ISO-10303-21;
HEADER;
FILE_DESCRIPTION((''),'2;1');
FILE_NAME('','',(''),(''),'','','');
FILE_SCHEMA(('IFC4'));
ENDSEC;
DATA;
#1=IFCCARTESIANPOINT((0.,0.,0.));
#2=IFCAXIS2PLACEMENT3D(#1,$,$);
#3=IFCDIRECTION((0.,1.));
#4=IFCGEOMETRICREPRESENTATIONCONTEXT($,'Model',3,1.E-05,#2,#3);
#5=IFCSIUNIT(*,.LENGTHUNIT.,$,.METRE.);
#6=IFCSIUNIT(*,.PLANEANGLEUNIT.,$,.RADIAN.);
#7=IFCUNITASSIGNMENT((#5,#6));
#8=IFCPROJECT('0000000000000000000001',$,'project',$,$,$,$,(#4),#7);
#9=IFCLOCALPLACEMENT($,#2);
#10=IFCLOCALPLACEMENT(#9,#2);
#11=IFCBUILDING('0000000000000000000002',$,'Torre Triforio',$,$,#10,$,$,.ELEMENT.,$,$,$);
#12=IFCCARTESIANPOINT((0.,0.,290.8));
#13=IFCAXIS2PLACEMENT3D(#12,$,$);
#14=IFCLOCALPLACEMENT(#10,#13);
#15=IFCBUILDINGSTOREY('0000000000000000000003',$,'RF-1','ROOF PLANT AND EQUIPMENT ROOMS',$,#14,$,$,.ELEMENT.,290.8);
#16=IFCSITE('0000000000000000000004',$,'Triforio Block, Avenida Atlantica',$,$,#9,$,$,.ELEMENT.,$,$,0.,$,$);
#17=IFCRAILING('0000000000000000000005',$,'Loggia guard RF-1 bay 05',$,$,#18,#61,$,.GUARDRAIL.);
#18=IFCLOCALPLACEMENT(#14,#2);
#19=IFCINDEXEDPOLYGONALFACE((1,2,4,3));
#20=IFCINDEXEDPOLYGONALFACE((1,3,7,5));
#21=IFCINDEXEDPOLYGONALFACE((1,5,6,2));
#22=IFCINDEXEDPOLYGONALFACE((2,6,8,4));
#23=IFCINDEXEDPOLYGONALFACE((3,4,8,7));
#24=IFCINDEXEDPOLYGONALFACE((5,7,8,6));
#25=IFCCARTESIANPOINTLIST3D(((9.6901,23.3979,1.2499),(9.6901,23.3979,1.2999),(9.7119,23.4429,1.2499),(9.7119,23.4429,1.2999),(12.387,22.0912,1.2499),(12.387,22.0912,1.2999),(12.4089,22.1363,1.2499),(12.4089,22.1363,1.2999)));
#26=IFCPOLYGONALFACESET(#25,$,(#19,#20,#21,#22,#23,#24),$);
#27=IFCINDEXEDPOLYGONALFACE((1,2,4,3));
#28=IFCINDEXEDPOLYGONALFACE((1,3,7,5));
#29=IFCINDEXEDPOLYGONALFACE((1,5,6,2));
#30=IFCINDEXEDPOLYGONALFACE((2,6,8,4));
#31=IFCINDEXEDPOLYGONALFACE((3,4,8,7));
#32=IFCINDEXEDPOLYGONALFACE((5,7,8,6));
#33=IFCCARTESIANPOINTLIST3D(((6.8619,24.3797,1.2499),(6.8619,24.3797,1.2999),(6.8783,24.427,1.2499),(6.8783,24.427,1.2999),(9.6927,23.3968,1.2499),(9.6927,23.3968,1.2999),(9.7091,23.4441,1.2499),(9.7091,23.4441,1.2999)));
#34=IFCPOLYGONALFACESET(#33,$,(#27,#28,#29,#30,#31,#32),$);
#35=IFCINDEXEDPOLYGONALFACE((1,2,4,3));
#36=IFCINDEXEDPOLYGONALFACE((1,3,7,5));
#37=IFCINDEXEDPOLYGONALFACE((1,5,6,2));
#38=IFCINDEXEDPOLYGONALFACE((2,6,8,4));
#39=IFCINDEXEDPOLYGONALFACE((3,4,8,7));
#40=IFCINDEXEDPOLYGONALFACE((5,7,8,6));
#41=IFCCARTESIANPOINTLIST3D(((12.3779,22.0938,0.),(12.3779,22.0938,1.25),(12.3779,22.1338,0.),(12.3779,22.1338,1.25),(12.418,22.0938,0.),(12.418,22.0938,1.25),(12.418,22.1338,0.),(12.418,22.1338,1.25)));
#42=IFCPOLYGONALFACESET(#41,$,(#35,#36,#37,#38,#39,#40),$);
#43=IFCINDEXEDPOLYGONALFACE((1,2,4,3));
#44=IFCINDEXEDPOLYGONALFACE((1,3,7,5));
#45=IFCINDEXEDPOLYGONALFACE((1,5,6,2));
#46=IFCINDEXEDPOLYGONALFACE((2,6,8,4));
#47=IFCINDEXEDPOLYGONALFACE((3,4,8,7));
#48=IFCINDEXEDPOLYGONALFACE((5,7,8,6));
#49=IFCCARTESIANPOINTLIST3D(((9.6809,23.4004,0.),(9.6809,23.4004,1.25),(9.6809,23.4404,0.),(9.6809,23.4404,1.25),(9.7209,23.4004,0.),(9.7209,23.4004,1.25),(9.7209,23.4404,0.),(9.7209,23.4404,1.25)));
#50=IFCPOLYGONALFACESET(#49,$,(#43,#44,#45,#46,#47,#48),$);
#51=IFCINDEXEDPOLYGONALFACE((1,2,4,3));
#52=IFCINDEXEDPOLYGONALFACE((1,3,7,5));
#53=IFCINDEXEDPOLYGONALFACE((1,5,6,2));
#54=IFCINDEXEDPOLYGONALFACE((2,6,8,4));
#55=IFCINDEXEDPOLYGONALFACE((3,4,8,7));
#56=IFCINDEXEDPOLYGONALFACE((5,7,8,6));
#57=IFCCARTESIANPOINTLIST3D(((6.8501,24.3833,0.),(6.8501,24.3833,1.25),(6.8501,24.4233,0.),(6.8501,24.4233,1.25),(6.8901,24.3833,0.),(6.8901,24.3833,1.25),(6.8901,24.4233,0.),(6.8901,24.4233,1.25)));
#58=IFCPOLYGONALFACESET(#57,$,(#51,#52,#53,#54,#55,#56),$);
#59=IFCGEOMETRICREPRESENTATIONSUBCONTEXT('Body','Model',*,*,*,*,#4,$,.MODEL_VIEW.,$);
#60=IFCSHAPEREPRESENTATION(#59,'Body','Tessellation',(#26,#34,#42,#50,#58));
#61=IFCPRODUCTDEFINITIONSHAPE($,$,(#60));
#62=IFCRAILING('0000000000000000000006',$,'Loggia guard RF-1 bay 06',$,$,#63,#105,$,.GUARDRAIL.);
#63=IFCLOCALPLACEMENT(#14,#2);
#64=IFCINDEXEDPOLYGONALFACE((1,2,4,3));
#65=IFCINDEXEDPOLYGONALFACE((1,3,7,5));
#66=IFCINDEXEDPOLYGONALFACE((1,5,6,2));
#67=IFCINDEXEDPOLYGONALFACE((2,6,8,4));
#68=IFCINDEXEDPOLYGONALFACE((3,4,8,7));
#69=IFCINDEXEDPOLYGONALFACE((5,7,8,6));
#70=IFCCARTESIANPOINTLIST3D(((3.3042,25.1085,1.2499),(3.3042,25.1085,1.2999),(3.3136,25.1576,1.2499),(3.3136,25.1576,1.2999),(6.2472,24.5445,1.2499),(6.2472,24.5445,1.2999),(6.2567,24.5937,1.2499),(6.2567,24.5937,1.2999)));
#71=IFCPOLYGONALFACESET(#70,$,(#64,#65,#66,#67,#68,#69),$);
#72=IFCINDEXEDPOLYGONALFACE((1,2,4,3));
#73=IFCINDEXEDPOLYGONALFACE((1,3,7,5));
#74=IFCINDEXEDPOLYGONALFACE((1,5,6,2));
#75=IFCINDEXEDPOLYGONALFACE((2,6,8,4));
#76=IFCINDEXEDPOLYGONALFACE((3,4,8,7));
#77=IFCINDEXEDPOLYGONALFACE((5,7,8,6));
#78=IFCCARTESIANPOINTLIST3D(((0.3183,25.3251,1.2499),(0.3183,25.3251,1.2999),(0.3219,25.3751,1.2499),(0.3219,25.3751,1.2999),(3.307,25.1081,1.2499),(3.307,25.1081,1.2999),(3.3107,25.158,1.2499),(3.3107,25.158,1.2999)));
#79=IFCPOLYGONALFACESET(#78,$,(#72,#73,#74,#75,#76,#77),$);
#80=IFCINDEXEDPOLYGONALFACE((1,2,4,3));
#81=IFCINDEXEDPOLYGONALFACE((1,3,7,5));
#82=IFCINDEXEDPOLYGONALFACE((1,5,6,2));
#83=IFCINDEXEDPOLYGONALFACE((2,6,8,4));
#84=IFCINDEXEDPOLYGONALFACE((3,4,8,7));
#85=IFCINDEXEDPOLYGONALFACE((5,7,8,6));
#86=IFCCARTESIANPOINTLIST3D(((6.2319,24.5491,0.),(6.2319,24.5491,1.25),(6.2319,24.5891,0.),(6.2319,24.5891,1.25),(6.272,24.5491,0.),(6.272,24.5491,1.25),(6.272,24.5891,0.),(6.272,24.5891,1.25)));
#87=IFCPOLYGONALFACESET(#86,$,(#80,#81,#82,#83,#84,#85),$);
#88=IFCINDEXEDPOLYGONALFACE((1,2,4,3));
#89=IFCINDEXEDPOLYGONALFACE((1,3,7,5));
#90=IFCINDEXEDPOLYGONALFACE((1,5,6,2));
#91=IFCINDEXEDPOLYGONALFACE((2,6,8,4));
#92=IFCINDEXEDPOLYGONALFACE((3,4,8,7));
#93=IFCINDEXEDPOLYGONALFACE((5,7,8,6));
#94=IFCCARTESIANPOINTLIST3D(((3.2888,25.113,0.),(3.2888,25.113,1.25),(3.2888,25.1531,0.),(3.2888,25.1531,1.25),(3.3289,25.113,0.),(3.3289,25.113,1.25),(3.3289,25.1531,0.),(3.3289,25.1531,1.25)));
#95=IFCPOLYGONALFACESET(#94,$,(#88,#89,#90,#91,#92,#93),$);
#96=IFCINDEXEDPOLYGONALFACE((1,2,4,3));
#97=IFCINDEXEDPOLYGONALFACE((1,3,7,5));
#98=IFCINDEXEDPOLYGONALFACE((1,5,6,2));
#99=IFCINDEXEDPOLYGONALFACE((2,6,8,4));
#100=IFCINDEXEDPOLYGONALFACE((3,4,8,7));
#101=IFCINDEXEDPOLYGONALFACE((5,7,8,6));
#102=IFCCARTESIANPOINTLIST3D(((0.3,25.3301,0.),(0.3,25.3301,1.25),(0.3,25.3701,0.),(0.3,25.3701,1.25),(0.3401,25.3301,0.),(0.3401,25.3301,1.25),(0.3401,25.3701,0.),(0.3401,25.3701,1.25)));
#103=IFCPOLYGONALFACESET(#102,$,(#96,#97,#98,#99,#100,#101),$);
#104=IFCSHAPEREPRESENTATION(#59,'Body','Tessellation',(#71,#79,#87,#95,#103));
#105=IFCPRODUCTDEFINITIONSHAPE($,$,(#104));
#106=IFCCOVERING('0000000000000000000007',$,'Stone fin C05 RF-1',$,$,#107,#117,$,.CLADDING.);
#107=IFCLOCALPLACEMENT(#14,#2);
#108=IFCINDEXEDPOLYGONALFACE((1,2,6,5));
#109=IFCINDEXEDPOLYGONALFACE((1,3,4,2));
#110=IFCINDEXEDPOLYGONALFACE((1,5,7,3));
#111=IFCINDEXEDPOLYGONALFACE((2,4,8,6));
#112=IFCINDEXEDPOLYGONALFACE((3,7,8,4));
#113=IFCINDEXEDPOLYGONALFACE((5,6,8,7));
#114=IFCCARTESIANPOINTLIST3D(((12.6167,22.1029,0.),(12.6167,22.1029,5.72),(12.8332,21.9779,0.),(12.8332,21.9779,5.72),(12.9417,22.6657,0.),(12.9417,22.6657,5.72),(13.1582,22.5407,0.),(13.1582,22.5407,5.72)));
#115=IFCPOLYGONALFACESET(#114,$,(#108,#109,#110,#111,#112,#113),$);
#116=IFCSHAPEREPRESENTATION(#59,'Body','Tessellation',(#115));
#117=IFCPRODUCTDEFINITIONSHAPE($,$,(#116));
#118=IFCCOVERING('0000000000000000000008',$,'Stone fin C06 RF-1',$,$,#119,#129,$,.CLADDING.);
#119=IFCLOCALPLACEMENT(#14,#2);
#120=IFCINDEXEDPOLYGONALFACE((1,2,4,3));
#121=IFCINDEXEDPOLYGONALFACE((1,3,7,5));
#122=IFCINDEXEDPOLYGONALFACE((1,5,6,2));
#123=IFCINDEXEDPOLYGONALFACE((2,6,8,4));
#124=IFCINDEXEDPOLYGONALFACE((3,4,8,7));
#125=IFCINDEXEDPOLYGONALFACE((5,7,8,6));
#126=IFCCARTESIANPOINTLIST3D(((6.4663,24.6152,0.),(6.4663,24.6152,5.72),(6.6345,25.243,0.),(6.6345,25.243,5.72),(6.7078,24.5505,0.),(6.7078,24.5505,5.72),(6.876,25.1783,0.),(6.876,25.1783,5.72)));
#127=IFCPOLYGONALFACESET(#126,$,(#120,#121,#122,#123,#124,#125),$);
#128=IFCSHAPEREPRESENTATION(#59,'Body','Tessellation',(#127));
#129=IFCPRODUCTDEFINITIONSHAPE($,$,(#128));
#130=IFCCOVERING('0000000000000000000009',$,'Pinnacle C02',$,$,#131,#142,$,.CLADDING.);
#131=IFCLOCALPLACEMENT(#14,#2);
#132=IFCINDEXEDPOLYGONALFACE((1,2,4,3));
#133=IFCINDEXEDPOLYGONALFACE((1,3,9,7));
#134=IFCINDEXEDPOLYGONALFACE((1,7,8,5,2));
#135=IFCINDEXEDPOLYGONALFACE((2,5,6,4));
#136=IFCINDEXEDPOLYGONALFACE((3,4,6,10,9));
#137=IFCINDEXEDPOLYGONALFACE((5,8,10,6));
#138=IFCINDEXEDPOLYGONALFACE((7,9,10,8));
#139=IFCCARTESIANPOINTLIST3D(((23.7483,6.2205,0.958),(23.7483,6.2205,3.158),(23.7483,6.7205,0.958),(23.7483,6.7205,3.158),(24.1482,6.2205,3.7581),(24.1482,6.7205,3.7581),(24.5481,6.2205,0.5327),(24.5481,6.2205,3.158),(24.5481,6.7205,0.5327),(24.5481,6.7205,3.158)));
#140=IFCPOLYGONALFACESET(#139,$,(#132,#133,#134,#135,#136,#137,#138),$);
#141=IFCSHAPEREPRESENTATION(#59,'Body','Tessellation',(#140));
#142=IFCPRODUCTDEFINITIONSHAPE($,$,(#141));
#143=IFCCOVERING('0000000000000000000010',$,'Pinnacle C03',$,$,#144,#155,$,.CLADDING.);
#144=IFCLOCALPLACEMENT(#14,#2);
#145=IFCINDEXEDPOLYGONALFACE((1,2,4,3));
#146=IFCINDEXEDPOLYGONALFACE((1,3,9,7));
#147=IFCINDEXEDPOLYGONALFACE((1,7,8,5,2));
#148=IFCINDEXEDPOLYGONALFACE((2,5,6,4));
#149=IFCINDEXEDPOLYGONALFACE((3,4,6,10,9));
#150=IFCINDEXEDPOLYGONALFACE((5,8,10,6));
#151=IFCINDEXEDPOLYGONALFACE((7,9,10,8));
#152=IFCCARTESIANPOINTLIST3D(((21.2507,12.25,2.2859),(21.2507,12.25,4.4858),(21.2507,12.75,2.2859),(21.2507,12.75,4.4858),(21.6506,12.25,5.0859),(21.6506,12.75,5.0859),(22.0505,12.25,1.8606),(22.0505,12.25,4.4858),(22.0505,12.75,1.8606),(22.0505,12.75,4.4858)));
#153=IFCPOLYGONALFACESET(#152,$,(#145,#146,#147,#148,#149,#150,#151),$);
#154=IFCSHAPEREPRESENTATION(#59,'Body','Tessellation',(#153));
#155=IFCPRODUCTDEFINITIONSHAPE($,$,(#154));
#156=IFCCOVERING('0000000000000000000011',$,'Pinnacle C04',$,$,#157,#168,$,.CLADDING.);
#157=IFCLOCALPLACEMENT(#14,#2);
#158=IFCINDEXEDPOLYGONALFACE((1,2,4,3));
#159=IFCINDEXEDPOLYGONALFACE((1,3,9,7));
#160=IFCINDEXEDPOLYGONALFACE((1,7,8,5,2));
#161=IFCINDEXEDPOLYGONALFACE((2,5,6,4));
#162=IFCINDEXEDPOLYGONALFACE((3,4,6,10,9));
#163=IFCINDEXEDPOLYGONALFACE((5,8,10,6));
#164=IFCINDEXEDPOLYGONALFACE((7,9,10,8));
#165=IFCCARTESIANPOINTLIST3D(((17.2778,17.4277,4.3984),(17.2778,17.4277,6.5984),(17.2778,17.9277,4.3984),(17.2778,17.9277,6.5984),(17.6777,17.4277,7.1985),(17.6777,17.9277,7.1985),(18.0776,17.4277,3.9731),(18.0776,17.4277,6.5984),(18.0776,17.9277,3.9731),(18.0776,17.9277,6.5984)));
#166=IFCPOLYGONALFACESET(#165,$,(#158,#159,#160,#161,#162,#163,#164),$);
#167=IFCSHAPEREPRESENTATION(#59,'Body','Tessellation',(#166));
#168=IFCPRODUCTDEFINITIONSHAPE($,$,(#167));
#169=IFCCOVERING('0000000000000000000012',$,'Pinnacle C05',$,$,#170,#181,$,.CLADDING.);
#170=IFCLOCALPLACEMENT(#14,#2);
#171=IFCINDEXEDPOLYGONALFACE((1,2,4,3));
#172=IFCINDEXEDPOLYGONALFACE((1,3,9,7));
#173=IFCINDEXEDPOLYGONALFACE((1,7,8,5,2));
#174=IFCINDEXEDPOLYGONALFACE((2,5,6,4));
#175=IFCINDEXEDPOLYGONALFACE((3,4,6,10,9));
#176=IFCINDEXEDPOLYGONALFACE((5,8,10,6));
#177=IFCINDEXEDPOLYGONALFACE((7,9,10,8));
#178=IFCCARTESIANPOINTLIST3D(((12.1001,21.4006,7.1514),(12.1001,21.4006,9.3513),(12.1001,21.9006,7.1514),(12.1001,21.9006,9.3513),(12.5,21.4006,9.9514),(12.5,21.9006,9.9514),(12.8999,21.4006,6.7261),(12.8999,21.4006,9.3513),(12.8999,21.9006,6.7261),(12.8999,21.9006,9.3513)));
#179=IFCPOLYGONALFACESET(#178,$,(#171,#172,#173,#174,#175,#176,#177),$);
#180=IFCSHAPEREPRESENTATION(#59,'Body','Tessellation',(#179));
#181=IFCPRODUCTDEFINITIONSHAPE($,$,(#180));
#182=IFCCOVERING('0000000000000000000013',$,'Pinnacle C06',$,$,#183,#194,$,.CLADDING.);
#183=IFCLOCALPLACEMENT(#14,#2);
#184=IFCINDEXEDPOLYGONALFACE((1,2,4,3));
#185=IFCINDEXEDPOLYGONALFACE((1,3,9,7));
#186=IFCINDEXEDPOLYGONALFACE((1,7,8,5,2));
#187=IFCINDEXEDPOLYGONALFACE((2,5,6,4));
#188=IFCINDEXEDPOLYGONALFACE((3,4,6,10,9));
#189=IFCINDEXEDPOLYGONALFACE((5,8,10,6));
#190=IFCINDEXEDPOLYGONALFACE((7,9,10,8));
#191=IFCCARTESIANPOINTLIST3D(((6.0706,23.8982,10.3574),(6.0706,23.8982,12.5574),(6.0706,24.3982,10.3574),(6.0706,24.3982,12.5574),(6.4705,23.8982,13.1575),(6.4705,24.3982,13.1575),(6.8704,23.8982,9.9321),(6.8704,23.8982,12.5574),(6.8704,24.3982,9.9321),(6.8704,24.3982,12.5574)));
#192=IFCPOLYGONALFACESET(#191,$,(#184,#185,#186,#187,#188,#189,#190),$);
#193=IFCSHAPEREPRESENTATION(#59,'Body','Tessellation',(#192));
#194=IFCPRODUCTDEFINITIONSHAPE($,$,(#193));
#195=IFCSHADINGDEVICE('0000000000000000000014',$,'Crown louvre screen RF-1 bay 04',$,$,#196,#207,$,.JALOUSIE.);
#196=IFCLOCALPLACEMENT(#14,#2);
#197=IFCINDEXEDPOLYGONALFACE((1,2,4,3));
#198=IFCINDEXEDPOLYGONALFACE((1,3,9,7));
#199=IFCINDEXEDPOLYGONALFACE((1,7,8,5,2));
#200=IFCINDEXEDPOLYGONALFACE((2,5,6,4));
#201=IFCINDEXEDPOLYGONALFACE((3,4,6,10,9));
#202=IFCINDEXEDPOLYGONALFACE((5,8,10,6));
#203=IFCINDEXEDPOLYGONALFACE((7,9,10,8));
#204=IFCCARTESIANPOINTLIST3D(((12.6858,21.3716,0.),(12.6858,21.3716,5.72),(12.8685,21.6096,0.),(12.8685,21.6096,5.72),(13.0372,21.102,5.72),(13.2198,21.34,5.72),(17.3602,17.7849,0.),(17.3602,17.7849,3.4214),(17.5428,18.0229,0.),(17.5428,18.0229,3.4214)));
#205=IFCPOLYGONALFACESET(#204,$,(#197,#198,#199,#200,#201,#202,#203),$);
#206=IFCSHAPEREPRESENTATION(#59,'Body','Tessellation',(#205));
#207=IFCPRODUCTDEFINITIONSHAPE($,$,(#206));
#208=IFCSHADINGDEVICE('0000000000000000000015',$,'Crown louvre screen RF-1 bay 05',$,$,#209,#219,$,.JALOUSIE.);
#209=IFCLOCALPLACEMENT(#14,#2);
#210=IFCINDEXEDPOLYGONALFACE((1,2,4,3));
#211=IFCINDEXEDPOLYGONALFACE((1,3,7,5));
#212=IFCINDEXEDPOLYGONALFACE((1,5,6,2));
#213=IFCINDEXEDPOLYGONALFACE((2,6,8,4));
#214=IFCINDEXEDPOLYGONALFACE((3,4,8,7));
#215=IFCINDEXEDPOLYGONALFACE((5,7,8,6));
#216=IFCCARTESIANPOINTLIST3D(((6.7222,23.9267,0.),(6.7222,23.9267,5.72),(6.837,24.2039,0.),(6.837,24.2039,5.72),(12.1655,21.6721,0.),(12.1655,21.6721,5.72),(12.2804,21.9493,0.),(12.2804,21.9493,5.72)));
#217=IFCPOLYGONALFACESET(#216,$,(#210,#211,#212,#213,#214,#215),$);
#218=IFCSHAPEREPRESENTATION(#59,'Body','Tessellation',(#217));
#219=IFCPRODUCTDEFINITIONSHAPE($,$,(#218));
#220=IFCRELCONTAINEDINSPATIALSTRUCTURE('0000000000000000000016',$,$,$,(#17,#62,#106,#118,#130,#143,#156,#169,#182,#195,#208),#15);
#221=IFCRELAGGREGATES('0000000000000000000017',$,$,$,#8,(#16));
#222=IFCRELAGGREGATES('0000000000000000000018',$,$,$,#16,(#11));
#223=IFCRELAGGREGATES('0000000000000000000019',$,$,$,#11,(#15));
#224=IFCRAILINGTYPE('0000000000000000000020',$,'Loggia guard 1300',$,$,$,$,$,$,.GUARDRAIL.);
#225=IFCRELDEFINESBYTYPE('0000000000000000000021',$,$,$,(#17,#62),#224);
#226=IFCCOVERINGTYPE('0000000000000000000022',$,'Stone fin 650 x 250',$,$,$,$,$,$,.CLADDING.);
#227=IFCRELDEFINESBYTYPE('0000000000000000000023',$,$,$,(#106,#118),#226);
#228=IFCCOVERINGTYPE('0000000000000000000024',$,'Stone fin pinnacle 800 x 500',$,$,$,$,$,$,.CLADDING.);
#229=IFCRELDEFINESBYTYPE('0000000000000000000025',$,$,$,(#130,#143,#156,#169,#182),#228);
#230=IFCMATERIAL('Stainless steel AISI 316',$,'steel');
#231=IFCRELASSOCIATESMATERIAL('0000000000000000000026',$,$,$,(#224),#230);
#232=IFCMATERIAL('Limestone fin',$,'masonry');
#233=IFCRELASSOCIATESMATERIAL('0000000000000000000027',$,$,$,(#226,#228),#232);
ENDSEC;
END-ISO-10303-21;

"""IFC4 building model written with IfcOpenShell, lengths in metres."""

from ifc_helpers import new_model, si_unit, direction, frame, origin, origin_2d, place, context, subcontext, project, spatial, polyline, rectangle, outline, extrude, material, material_profile, profile_set, type_object, element, save


model = new_model("IFC4")

# Units and contexts
model_context = context("Model", 3, precision=1e-05, world=origin(), true_north=direction((0.0, 1.0)))
body_context = subcontext(model_context, "Body", "Model", "MODEL_VIEW")
ifc_project = project(units=[si_unit("LENGTHUNIT", "METRE"), si_unit("PLANEANGLEUNIT", "RADIAN")], contexts=[model_context])

# Site, building, storey
site_placement = place(None, origin())
site = spatial("IfcSite", under=ifc_project, at=site_placement, Name="Triforio Block, Avenida Atlantica", CompositionType="ELEMENT", RefElevation=0.0)
building_placement = place(site_placement, origin())
building = spatial("IfcBuilding", under=site, at=building_placement, Name="Torre Triforio", CompositionType="ELEMENT")
storey_placement = place(building_placement, frame((0.0, 0.0, 290.8)))
storey = spatial("IfcBuildingStorey", under=building, at=storey_placement, Name="RF-1", Description="ROOF PLANT AND EQUIPMENT ROOMS", CompositionType="ELEMENT", Elevation=290.8)

# Railings
ifc_material_1 = material(Name="Stainless steel AISI 316", Category="steel")
railing_type = type_object("IfcRailingType", Name="Loggia guard 1300", PredefinedType="GUARDRAIL", material=ifc_material_1)
railing_1_placement = place(storey_placement, frame((12.3979, 22.1138, 0.0)))
element("IfcRailing", 1, at=railing_1_placement, inside=storey, type_object=railing_type, Name="Loggia guard RF-1 bay 05", PredefinedType="GUARDRAIL", context=body_context, shape_type="SweptSolid", body=[
    extrude(rectangle(XDim=0.05, YDim=0.05, at=origin_2d()), frame((0.0, 0.0, 1.2749), z_axis=(-0.899946, 0.436002, 0.0), x_axis=(-0.436002, -0.899946, 0.0)), (0.0, 0.0, 1.0), 2.9968),
    extrude(rectangle(XDim=0.05, YDim=0.05, at=origin_2d()), frame((-2.697, 1.3066, 1.2749), z_axis=(-0.944675, 0.328009, 0.0), x_axis=(-0.328009, -0.944675, 0.0)), (0.0, 0.0, 1.0), 2.9966),
    extrude(rectangle(XDim=0.04, YDim=0.04, at=origin_2d()), origin(), (0.0, 0.0, 1.0), 1.25),
    extrude(rectangle(XDim=0.04, YDim=0.04, at=origin_2d()), frame((-2.697, 1.3066, 0.0)), (0.0, 0.0, 1.0), 1.25),
    extrude(rectangle(XDim=0.04, YDim=0.04, at=origin_2d()), frame((-5.5278, 2.2896, 0.0)), (0.0, 0.0, 1.0), 1.25),
])
railing_2_placement = place(storey_placement, frame((6.252, 24.5691, 0.0)))
element("IfcRailing", 2, at=railing_2_placement, inside=storey, type_object=railing_type, Name="Loggia guard RF-1 bay 06", PredefinedType="GUARDRAIL", context=body_context, shape_type="SweptSolid", body=[
    extrude(rectangle(XDim=0.05, YDim=0.05, at=origin_2d()), frame((0.0, 0.0, 1.2749), z_axis=(-0.982131, 0.188198, 0.0), x_axis=(-0.188198, -0.982131, 0.0)), (0.0, 0.0, 1.0), 2.9966),
    extrude(rectangle(XDim=0.05, YDim=0.05, at=origin_2d()), frame((-2.9431, 0.564, 1.2749), z_axis=(-0.997374, 0.072428, 0.0), x_axis=(-0.072428, -0.997374, 0.0)), (0.0, 0.0, 1.0), 2.9966),
    extrude(rectangle(XDim=0.04, YDim=0.04, at=origin_2d()), origin(), (0.0, 0.0, 1.0), 1.25),
    extrude(rectangle(XDim=0.04, YDim=0.04, at=origin_2d()), frame((-2.9431, 0.564, 0.0)), (0.0, 0.0, 1.0), 1.25),
    extrude(rectangle(XDim=0.04, YDim=0.04, at=origin_2d()), frame((-5.9319, 0.781, 0.0)), (0.0, 0.0, 1.0), 1.25),
])

# Coverings
ifc_material_2 = material(Name="Limestone fin", Category="masonry")
ifc_material_profile_1 = material_profile(ifc_material_2, rectangle(XDim=0.6499, YDim=0.25, at=origin_2d()), Name="FIN 650x250")
ifc_profile_set_1 = profile_set([ifc_material_profile_1], Name="Limestone fin")
covering_type_1 = type_object("IfcCoveringType", Name="Stone fin 650 x 250", PredefinedType="CLADDING", material=ifc_profile_set_1)
for number, where, z_axis, x_axis, name in (
    (3, (12.8875, 22.3218, 0.0), (0.0, 0.0, 1.0), (0.5, 0.866025, 0.0), "Stone fin C05 RF-1"),
    (4, (6.6711, 24.8967, 0.0), (0.0, 0.0, 1.0), (0.258819, 0.965926, 0.0), "Stone fin C06 RF-1"),
):
    element("IfcCovering", number, at=place(storey_placement, frame(where, z_axis=z_axis, x_axis=x_axis)), inside=storey, type_object=covering_type_1, Name=name, PredefinedType="CLADDING", context=body_context, shape_type="SweptSolid", body=[
        extrude(rectangle(XDim=0.6499, YDim=0.25, at=origin_2d()), origin(), (0.0, 0.0, 1.0), 5.72),
    ])
ifc_material_profile_2 = material_profile(ifc_material_2, outline(polyline([(-0.3999, -0.2126), (0.3999, 0.2126), (0.3999, 2.4126), (0.0, 3.0127), (-0.3999, 2.4126), (-0.3999, -0.2126)])), Name="FIN PINNACLE 800x500")
ifc_profile_set_2 = profile_set([ifc_material_profile_2], Name="Limestone fin")
covering_type_2 = type_object("IfcCoveringType", Name="Stone fin pinnacle 800 x 500", PredefinedType="CLADDING", material=ifc_profile_set_2)
for number, where, z_axis, x_axis, name in (
    (5, (24.1482, 6.2205, 0.7454), (0.0, 1.0, 0.0), (-1.0, 0.0, 0.0), "Pinnacle C02"),
    (6, (21.6506, 12.25, 2.0732), (0.0, 1.0, 0.0), (-1.0, 0.0, 0.0), "Pinnacle C03"),
    (7, (17.6777, 17.4277, 4.1858), (0.0, 1.0, 0.0), (-1.0, 0.0, 0.0), "Pinnacle C04"),
    (8, (12.5, 21.4006, 6.9387), (0.0, 1.0, 0.0), (-1.0, 0.0, 0.0), "Pinnacle C05"),
    (9, (6.4705, 23.8982, 10.1448), (0.0, 1.0, 0.0), (-1.0, 0.0, 0.0), "Pinnacle C06"),
):
    element("IfcCovering", number, at=place(storey_placement, frame(where, z_axis=z_axis, x_axis=x_axis)), inside=storey, type_object=covering_type_2, Name=name, PredefinedType="CLADDING", context=body_context, shape_type="SweptSolid", body=[
        extrude(outline(polyline([(-0.3999, -0.2126), (0.3999, 0.2126), (0.3999, 2.4126), (0.0, 3.0127), (-0.3999, 2.4126), (-0.3999, -0.2126)])), origin(), (0.0, 0.0, 1.0), 0.5),
    ])

# Shading devices
shading_device_1_placement = place(storey_placement, frame((17.4514, 17.9038, 0.0), z_axis=(0.0, 0.0, 1.0), x_axis=(-0.793358, 0.608755, 0.0)))
element("IfcShadingDevice", 10, at=shading_device_1_placement, inside=storey, Name="Crown louvre screen RF-1 bay 04", PredefinedType="JALOUSIE", context=body_context, shape_type="SweptSolid", body=[
    extrude(outline(polyline([(0.0, 0.0), (5.8918, 0.0), (5.8918, 5.72), (5.449, 5.72), (0.0, 3.4214), (0.0, 0.0)])), frame((0.0, 0.1499, 0.0), z_axis=(0.0, -1.0, 0.0), x_axis=(1.0, 0.0, 0.0)), (0.0, 0.0, 1.0), 0.3),
])
shading_device_2_placement = place(storey_placement, frame((12.2229, 21.8105, 0.0), z_axis=(0.0, 0.0, 1.0), x_axis=(-0.923884, 0.382673, 0.0)))
element("IfcShadingDevice", 11, at=shading_device_2_placement, inside=storey, Name="Crown louvre screen RF-1 bay 05", PredefinedType="JALOUSIE", context=body_context, shape_type="SweptSolid", body=[
    extrude(outline(polyline([(0.0, 0.0), (5.8918, 0.0), (5.8918, 5.72), (0.0, 5.72), (0.0, 0.0)])), frame((0.0, 0.1499, 0.0), z_axis=(0.0, -1.0, 0.0), x_axis=(1.0, 0.0, 0.0)), (0.0, 0.0, 1.0), 0.3),
])

save(model, "model.ifc")
